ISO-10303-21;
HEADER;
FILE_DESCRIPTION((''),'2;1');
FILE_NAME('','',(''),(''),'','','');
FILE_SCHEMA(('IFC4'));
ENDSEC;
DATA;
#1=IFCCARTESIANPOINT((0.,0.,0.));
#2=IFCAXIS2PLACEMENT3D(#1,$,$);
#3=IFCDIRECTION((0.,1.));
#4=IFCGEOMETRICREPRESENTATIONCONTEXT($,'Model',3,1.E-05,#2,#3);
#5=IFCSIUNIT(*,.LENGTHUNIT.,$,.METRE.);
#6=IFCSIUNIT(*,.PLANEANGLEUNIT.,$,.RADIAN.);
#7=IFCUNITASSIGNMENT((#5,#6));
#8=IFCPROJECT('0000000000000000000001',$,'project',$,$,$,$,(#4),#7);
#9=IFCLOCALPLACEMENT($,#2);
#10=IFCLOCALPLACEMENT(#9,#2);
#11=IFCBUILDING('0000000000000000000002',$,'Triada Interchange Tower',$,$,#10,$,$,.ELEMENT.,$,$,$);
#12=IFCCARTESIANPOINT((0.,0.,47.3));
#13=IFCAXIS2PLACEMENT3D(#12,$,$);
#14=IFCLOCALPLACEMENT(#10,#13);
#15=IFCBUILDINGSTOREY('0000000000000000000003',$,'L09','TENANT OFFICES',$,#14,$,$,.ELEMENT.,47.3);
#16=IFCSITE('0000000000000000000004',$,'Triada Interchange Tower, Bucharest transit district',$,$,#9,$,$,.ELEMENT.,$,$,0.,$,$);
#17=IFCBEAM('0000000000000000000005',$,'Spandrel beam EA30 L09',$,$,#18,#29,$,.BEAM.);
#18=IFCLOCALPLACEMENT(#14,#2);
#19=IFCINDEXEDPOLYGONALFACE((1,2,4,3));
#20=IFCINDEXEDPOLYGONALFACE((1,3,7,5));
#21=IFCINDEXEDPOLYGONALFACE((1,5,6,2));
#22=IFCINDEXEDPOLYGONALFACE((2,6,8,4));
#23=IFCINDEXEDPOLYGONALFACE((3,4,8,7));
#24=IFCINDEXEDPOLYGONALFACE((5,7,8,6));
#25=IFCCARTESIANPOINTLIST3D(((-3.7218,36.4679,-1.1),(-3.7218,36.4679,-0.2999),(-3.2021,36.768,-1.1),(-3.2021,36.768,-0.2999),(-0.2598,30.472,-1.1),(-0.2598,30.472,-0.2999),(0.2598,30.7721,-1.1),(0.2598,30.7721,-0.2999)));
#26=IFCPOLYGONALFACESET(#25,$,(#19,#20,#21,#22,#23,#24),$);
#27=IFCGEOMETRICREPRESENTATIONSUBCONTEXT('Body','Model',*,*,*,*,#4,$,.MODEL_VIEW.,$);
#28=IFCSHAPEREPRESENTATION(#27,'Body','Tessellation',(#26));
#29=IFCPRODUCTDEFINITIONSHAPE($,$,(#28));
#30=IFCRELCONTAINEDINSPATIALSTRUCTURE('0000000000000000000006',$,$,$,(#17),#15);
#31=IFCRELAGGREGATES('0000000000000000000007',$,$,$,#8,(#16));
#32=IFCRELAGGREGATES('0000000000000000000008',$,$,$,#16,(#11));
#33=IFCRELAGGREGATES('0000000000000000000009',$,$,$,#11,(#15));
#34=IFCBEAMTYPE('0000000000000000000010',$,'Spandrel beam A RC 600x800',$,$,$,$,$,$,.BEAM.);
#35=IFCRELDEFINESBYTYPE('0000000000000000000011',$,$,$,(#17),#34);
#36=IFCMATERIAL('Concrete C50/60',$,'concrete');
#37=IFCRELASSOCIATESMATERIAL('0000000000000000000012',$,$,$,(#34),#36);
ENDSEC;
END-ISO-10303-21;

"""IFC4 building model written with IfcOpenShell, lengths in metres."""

from ifc_helpers import new_model, si_unit, direction, frame, origin, origin_2d, place, context, subcontext, project, spatial, rectangle, extrude, material, material_profile, profile_set, type_object, element, save


model = new_model("IFC4")

# Units and contexts
model_context = context("Model", 3, precision=1e-05, world=origin(), true_north=direction((0.0, 1.0)))
body_context = subcontext(model_context, "Body", "Model", "MODEL_VIEW")
ifc_project = project(units=[si_unit("LENGTHUNIT", "METRE"), si_unit("PLANEANGLEUNIT", "RADIAN")], contexts=[model_context])

# Site, building, storey
site_placement = place(None, origin())
site = spatial("IfcSite", under=ifc_project, at=site_placement, Name="Triada Interchange Tower, Bucharest transit district", CompositionType="ELEMENT", RefElevation=0.0)
building_placement = place(site_placement, origin())
building = spatial("IfcBuilding", under=site, at=building_placement, Name="Triada Interchange Tower", CompositionType="ELEMENT")
storey_placement = place(building_placement, frame((0.0, 0.0, 47.3)))
storey = spatial("IfcBuildingStorey", under=building, at=storey_placement, Name="L09", Description="TENANT OFFICES", CompositionType="ELEMENT", Elevation=47.3)

# Beam
ifc_material_1 = material(Name="Concrete C50/60", Category="concrete")
ifc_material_profile_1 = material_profile(ifc_material_1, rectangle(XDim=0.6001, YDim=0.8, at=origin_2d()), Name="RC 600x800")
ifc_profile_set_1 = profile_set([ifc_material_profile_1], Name="Concrete C50/60")
beam_type_1 = type_object("IfcBeamType", Name="Spandrel beam A RC 600x800", PredefinedType="BEAM", material=ifc_profile_set_1)
beam_1_placement = place(storey_placement, frame((0.0, 30.6221, -0.7), z_axis=(-0.500023, 0.866012, 0.0), x_axis=(-0.866012, -0.500023, 0.0)))
element("IfcBeam", 1, at=beam_1_placement, inside=storey, type_object=beam_type_1, Name="Spandrel beam EA30 L09", PredefinedType="BEAM", context=body_context, shape_type="SweptSolid", body=[
    extrude(rectangle(XDim=0.6001, YDim=0.8, at=origin_2d()), origin(), (0.0, 0.0, 1.0), 6.9236),
])

save(model, "model.ifc")
